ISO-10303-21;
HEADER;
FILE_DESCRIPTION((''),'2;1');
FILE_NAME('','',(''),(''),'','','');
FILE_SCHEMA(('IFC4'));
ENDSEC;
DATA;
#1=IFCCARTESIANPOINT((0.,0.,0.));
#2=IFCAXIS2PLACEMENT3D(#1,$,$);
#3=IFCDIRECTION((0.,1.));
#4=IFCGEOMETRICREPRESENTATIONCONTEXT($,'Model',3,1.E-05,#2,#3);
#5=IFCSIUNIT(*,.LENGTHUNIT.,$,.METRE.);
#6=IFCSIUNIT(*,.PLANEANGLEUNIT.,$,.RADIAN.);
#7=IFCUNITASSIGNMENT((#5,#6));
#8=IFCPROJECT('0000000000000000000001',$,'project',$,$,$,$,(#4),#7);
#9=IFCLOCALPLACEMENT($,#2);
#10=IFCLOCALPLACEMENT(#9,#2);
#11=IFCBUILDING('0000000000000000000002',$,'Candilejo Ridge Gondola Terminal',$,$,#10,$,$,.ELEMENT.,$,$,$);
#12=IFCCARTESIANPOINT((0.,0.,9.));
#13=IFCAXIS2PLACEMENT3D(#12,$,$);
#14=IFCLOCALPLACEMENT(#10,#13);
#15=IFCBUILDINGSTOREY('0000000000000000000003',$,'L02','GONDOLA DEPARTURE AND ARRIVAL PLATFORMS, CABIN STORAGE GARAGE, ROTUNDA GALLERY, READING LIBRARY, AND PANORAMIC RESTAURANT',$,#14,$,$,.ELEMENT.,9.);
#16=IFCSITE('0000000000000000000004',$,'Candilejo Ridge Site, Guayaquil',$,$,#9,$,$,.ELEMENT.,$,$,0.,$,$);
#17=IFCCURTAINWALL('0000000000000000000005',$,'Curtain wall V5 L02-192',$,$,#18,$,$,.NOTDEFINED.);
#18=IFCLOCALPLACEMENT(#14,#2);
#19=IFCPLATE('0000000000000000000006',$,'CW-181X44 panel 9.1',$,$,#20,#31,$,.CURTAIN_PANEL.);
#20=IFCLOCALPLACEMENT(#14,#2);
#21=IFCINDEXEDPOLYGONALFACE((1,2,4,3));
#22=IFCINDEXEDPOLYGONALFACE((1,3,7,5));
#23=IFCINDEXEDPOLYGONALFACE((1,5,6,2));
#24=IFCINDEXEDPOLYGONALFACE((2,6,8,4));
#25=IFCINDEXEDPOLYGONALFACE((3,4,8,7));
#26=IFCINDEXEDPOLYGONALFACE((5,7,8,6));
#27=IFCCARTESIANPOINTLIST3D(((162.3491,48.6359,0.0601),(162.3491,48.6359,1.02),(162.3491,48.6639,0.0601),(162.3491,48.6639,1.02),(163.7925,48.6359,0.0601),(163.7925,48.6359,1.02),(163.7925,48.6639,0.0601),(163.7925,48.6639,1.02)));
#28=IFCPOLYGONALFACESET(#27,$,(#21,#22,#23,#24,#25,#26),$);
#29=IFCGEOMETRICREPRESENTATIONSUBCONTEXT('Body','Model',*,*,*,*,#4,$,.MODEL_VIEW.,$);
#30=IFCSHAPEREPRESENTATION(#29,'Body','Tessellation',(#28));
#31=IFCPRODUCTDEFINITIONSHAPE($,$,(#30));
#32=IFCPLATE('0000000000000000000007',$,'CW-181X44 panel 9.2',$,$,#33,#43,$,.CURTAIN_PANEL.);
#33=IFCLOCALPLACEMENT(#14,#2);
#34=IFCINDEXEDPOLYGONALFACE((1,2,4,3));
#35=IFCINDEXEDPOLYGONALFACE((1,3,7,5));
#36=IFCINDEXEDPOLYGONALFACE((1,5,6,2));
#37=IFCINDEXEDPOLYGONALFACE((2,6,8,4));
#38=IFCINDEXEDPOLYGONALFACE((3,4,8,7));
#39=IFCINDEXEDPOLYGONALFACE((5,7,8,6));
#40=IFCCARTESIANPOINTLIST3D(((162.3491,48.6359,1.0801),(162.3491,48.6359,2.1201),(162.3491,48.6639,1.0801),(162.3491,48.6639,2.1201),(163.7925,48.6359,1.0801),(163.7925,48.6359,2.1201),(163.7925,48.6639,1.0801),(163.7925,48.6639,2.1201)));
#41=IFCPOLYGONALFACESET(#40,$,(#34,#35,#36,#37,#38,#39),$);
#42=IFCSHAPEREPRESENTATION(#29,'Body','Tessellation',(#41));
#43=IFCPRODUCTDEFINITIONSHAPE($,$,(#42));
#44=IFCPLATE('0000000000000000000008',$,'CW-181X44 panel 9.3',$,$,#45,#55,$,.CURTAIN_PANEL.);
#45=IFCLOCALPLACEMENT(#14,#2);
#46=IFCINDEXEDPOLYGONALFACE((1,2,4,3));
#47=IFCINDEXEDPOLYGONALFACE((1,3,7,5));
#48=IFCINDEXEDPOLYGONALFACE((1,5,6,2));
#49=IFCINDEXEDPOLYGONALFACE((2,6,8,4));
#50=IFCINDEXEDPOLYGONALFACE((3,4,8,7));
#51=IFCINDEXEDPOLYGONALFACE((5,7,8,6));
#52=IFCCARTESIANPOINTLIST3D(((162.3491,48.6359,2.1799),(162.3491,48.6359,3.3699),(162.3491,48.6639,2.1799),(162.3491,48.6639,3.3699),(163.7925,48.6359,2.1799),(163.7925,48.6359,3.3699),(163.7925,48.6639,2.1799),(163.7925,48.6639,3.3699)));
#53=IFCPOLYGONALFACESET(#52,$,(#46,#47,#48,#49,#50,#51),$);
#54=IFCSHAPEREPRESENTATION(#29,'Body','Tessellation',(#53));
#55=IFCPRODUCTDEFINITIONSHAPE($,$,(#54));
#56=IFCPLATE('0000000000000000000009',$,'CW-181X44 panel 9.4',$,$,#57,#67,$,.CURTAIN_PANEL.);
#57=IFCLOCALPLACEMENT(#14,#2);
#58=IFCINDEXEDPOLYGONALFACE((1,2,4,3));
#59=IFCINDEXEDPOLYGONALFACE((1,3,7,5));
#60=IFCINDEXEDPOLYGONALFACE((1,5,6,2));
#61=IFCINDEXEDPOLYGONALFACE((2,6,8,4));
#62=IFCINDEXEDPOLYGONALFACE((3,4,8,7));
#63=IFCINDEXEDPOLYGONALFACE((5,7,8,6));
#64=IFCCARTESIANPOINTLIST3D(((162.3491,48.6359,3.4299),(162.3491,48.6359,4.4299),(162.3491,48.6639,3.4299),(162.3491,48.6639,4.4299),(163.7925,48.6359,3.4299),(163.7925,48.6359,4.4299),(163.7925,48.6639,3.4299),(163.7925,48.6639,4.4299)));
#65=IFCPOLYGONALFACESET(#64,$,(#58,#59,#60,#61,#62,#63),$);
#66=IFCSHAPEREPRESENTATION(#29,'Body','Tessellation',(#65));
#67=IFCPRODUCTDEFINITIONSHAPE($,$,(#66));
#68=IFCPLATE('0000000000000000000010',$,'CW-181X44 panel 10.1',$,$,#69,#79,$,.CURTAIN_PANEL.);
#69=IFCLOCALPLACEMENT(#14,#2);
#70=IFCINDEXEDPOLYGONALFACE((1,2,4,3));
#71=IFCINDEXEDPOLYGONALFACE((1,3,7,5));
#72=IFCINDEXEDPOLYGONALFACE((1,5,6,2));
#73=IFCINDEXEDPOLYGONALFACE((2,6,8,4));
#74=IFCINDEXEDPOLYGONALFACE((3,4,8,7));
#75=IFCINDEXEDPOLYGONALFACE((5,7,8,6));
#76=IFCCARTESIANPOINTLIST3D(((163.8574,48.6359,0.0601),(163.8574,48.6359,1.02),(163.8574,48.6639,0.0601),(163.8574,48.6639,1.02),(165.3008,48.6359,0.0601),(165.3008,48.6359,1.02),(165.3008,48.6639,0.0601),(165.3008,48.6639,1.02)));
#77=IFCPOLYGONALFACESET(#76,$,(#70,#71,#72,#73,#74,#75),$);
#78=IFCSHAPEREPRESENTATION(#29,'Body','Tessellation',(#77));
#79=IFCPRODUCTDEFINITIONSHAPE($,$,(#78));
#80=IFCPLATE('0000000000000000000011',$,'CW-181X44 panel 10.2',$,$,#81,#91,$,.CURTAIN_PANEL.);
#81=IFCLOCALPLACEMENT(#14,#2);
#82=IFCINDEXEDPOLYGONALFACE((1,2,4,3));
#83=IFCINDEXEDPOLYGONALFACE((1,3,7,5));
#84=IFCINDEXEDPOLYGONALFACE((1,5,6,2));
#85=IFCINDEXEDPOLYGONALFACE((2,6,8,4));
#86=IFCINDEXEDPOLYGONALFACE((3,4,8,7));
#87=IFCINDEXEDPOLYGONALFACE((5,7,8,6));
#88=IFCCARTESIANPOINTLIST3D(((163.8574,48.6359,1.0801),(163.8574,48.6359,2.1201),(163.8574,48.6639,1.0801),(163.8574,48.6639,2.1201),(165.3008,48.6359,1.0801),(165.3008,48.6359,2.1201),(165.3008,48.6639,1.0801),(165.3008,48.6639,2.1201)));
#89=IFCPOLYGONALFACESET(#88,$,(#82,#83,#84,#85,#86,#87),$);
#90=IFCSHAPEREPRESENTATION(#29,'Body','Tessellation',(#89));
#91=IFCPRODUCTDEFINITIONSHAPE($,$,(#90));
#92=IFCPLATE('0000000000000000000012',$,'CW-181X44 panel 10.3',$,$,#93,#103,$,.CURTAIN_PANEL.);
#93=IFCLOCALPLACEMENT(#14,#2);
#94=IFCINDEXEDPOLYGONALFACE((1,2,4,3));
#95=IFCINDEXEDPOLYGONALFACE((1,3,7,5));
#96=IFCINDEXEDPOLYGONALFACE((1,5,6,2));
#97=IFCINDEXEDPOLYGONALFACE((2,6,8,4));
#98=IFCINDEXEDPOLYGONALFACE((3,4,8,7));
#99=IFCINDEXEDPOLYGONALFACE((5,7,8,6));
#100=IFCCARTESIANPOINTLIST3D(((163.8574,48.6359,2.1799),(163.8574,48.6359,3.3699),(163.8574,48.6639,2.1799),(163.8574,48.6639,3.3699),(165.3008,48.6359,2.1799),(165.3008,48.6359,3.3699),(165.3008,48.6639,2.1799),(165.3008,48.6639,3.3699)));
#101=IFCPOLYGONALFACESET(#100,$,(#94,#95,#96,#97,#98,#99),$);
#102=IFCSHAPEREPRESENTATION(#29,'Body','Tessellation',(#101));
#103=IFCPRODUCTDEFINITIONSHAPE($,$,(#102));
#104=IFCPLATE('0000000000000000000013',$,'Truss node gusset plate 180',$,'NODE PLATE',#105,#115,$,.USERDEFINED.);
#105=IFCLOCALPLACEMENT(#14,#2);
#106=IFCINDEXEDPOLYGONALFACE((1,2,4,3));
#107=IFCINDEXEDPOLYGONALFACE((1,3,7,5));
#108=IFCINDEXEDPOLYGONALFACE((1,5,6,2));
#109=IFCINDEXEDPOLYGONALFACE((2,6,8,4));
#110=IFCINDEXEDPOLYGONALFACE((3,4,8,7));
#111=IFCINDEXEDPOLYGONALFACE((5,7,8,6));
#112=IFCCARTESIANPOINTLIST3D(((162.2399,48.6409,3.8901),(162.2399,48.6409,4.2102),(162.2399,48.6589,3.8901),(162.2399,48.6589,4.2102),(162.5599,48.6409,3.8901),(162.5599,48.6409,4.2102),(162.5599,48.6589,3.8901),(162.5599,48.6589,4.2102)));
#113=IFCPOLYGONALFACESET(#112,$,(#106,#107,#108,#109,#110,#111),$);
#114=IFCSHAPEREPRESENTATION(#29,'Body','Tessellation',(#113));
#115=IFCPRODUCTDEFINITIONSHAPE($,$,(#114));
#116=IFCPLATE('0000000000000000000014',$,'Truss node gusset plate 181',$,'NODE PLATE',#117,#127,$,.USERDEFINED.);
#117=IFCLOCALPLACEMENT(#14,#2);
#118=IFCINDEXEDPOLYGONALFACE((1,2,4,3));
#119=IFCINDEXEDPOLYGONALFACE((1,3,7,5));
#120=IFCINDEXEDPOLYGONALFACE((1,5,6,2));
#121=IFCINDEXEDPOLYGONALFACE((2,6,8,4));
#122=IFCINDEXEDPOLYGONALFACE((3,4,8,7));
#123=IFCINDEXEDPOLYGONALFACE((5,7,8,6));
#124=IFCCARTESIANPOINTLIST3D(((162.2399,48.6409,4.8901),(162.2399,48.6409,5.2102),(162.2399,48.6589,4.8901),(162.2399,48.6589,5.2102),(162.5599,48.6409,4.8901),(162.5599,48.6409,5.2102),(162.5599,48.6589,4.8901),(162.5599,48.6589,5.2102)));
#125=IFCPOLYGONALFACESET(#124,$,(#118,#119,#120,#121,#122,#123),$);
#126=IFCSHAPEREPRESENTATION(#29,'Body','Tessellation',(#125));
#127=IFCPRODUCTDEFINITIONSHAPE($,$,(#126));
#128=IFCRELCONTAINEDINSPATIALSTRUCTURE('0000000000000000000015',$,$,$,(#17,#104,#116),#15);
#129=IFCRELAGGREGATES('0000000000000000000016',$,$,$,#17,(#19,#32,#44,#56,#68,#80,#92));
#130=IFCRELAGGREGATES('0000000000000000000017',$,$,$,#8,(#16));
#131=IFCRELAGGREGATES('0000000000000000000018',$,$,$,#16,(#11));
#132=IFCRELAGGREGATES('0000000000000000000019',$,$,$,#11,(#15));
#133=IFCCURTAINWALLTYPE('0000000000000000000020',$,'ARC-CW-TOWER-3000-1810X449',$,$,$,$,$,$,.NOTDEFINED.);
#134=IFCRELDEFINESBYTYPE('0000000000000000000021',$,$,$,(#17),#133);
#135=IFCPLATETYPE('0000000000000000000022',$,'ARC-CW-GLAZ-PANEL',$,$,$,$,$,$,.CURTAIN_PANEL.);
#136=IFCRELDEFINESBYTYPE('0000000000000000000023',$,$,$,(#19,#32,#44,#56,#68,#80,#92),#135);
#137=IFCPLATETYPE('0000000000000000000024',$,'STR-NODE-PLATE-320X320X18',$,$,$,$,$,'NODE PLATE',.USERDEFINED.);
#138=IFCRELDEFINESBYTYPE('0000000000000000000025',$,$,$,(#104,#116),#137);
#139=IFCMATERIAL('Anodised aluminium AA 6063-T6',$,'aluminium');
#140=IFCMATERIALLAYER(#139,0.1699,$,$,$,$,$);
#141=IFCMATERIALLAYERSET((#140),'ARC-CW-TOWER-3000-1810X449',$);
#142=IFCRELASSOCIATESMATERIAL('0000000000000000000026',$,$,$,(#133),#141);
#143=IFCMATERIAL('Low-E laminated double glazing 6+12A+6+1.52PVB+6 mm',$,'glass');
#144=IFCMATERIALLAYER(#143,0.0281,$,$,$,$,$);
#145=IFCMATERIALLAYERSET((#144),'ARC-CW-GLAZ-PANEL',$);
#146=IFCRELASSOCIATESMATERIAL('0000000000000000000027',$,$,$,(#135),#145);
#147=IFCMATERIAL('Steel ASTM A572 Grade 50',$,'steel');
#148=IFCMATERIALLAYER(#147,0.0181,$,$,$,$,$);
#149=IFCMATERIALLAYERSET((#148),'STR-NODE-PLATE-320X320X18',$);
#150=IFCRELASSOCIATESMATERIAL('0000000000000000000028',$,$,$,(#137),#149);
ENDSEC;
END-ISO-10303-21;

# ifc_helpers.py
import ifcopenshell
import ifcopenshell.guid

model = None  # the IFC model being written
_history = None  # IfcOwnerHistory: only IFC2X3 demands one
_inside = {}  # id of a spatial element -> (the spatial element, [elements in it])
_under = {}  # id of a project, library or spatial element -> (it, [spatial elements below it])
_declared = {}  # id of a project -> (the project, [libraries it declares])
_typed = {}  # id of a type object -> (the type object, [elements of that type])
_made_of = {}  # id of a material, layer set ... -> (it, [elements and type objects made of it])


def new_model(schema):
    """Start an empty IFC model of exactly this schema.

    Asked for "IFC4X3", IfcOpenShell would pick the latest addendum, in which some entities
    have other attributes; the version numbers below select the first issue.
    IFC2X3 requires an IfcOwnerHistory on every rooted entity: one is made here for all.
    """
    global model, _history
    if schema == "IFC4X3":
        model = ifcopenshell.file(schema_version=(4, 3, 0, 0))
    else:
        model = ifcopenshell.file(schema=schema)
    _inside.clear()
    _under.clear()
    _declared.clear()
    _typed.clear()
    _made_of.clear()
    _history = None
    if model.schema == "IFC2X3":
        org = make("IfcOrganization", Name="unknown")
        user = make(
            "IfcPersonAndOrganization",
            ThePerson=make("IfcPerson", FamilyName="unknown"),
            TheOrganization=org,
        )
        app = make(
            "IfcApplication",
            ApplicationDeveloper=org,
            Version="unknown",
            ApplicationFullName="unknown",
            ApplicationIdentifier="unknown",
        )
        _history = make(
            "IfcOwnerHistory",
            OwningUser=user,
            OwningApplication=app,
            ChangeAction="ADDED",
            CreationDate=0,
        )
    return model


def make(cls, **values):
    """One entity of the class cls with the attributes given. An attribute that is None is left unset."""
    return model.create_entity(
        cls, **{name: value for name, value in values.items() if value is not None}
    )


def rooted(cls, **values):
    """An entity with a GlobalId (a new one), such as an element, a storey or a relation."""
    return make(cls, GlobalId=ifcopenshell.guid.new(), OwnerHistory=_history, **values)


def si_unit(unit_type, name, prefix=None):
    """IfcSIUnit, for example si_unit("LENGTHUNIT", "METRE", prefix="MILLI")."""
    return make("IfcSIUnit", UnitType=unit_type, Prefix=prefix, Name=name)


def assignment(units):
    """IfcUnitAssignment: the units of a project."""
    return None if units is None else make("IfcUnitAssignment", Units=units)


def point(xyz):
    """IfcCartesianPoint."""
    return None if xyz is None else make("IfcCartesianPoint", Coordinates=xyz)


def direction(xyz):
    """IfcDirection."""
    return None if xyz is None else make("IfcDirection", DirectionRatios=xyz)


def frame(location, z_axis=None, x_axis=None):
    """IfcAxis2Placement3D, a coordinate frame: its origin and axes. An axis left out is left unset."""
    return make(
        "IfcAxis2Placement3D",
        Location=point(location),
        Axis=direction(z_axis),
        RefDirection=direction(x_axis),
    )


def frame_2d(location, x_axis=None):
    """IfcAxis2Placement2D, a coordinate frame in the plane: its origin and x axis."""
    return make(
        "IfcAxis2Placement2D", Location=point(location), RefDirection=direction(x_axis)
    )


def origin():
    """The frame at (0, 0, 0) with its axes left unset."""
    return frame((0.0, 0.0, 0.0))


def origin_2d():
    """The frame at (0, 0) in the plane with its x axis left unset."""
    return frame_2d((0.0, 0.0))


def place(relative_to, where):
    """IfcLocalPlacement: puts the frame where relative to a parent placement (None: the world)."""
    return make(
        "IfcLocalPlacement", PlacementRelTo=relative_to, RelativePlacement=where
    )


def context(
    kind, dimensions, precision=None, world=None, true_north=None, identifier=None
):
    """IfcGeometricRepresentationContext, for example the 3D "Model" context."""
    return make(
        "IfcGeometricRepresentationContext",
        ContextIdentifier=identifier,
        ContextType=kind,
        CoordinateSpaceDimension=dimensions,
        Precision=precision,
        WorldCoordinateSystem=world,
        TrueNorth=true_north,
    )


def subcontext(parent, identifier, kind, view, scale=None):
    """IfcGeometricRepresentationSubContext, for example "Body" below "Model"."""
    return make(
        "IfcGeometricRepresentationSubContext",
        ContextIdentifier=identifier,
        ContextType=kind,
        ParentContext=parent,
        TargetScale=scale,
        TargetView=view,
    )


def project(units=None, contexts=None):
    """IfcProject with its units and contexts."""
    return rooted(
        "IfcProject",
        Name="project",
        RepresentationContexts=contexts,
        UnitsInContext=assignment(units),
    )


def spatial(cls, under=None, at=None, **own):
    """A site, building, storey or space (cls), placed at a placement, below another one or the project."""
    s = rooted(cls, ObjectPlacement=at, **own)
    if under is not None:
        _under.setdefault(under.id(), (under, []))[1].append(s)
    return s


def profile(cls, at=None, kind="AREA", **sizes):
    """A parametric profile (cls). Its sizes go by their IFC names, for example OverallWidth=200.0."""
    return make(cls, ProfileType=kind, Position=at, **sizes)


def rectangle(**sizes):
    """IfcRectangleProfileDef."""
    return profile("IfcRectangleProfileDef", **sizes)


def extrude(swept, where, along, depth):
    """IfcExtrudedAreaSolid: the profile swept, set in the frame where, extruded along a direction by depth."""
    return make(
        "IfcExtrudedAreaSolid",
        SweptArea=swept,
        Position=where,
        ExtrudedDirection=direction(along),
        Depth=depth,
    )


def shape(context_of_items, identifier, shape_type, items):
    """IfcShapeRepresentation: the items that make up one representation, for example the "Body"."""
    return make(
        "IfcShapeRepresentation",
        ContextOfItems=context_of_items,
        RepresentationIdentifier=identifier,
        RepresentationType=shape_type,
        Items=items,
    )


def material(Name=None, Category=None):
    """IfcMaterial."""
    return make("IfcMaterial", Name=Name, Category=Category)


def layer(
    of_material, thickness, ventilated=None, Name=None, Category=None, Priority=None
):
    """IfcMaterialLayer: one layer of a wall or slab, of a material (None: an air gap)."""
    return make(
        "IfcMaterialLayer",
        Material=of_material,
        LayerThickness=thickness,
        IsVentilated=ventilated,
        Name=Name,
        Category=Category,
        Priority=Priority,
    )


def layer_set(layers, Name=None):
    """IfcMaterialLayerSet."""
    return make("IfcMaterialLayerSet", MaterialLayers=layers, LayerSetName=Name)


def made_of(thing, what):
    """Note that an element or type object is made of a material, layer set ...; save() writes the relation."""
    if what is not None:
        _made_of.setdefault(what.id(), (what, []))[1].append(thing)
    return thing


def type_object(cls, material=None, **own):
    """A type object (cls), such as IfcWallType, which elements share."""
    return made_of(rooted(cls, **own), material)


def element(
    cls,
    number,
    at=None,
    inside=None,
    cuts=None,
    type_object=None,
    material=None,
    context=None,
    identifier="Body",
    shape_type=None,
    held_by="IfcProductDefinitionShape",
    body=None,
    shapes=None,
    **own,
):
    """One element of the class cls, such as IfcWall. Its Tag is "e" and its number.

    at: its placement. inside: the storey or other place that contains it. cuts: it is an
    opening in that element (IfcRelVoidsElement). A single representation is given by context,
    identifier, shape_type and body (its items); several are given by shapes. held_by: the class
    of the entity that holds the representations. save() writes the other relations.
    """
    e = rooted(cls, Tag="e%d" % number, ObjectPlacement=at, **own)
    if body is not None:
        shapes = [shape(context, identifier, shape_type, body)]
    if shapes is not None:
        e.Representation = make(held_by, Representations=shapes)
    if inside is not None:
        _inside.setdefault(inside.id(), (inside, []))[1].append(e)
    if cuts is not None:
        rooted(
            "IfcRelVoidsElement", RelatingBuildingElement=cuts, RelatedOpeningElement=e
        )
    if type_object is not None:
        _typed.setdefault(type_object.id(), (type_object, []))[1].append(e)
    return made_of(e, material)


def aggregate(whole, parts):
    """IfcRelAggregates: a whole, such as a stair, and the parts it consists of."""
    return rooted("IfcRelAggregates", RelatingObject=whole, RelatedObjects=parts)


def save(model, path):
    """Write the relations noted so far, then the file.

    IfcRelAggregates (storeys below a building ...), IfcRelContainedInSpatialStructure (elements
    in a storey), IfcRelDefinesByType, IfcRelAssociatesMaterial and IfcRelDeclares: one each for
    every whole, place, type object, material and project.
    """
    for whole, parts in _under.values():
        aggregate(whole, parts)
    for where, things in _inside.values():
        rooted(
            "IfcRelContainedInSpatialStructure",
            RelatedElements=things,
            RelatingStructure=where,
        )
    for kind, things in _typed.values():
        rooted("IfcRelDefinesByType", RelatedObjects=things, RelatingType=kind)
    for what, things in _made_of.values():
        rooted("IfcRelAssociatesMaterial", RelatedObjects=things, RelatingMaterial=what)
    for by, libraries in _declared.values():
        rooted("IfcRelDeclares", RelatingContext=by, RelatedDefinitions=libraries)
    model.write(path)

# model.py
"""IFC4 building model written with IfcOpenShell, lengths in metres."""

from ifc_helpers import new_model, si_unit, direction, frame, origin, origin_2d, place, context, subcontext, project, spatial, rectangle, extrude, material, layer, layer_set, type_object, element, aggregate, save


model = new_model("IFC4")

# Units and contexts
model_context = context("Model", 3, precision=1e-05, world=origin(), true_north=direction((0.0, 1.0)))
body_context = subcontext(model_context, "Body", "Model", "MODEL_VIEW")
ifc_project = project(units=[si_unit("LENGTHUNIT", "METRE"), si_unit("PLANEANGLEUNIT", "RADIAN")], contexts=[model_context])

# Site, building, storey
site_placement = place(None, origin())
site = spatial("IfcSite", under=ifc_project, at=site_placement, Name="Candilejo Ridge Site, Guayaquil", CompositionType="ELEMENT", RefElevation=0.0)
building_placement = place(site_placement, origin())
building = spatial("IfcBuilding", under=site, at=building_placement, Name="Candilejo Ridge Gondola Terminal", CompositionType="ELEMENT")
storey_placement = place(building_placement, frame((0.0, 0.0, 9.0)))
storey = spatial("IfcBuildingStorey", under=building, at=storey_placement, Name="L02", Description="GONDOLA DEPARTURE AND ARRIVAL PLATFORMS, CABIN STORAGE GARAGE, ROTUNDA GALLERY, READING LIBRARY, AND PANORAMIC RESTAURANT", CompositionType="ELEMENT", Elevation=9.0)

# Curtain wall
ifc_material_1 = material(Name="Anodised aluminium AA 6063-T6", Category="aluminium")
ifc_layer_1 = layer(ifc_material_1, 0.1699)
ifc_layer_set_1 = layer_set([ifc_layer_1], Name="ARC-CW-TOWER-3000-1810X449")
curtain_wall_type = type_object("IfcCurtainWallType", Name="ARC-CW-TOWER-3000-1810X449", PredefinedType="NOTDEFINED", material=ifc_layer_set_1)
curtain_wall_placement = place(storey_placement, origin())
curtain_wall = element("IfcCurtainWall", 1, at=curtain_wall_placement, inside=storey, type_object=curtain_wall_type, Name="Curtain wall V5 L02-192", PredefinedType="NOTDEFINED")

# Plates
ifc_material_2 = material(Name="Low-E laminated double glazing 6+12A+6+1.52PVB+6 mm", Category="glass")
ifc_layer_2 = layer(ifc_material_2, 0.0281)
ifc_layer_set_2 = layer_set([ifc_layer_2], Name="ARC-CW-GLAZ-PANEL")
plate_type_1 = type_object("IfcPlateType", Name="ARC-CW-GLAZ-PANEL", PredefinedType="CURTAIN_PANEL", material=ifc_layer_set_2)
plate_1_placement = place(storey_placement, frame((163.0708, 48.6499, 0.0601), z_axis=(0.0, 0.0, 1.0), x_axis=(1.0, 0.0, 0.0)))
plate_1 = element("IfcPlate", 2, at=plate_1_placement, type_object=plate_type_1, Name="CW-181X44 panel 9.1", PredefinedType="CURTAIN_PANEL", context=body_context, shape_type="SweptSolid", body=[
    extrude(rectangle(XDim=1.4434, YDim=0.0281, at=origin_2d()), origin(), (0.0, 0.0, 1.0), 0.96),
])
plate_2_placement = place(storey_placement, frame((163.0708, 48.6499, 1.0801), z_axis=(0.0, 0.0, 1.0), x_axis=(1.0, 0.0, 0.0)))
plate_2 = element("IfcPlate", 3, at=plate_2_placement, type_object=plate_type_1, Name="CW-181X44 panel 9.2", PredefinedType="CURTAIN_PANEL", context=body_context, shape_type="SweptSolid", body=[
    extrude(rectangle(XDim=1.4434, YDim=0.0281, at=origin_2d()), origin(), (0.0, 0.0, 1.0), 1.04),
])
plate_3_placement = place(storey_placement, frame((163.0708, 48.6499, 2.1799), z_axis=(0.0, 0.0, 1.0), x_axis=(1.0, 0.0, 0.0)))
plate_3 = element("IfcPlate", 4, at=plate_3_placement, type_object=plate_type_1, Name="CW-181X44 panel 9.3", PredefinedType="CURTAIN_PANEL", context=body_context, shape_type="SweptSolid", body=[
    extrude(rectangle(XDim=1.4434, YDim=0.0281, at=origin_2d()), origin(), (0.0, 0.0, 1.0), 1.1899),
])
plate_4_placement = place(storey_placement, frame((163.0708, 48.6499, 3.4299), z_axis=(0.0, 0.0, 1.0), x_axis=(1.0, 0.0, 0.0)))
plate_4 = element("IfcPlate", 5, at=plate_4_placement, type_object=plate_type_1, Name="CW-181X44 panel 9.4", PredefinedType="CURTAIN_PANEL", context=body_context, shape_type="SweptSolid", body=[
    extrude(rectangle(XDim=1.4434, YDim=0.0281, at=origin_2d()), origin(), (0.0, 0.0, 1.0), 1.0),
])
plate_5_placement = place(storey_placement, frame((164.5791, 48.6499, 0.0601), z_axis=(0.0, 0.0, 1.0), x_axis=(1.0, 0.0, 0.0)))
plate_5 = element("IfcPlate", 6, at=plate_5_placement, type_object=plate_type_1, Name="CW-181X44 panel 10.1", PredefinedType="CURTAIN_PANEL", context=body_context, shape_type="SweptSolid", body=[
    extrude(rectangle(XDim=1.4434, YDim=0.0281, at=origin_2d()), origin(), (0.0, 0.0, 1.0), 0.96),
])
plate_6_placement = place(storey_placement, frame((164.5791, 48.6499, 1.0801), z_axis=(0.0, 0.0, 1.0), x_axis=(1.0, 0.0, 0.0)))
plate_6 = element("IfcPlate", 7, at=plate_6_placement, type_object=plate_type_1, Name="CW-181X44 panel 10.2", PredefinedType="CURTAIN_PANEL", context=body_context, shape_type="SweptSolid", body=[
    extrude(rectangle(XDim=1.4434, YDim=0.0281, at=origin_2d()), origin(), (0.0, 0.0, 1.0), 1.04),
])
plate_7_placement = place(storey_placement, frame((164.5791, 48.6499, 2.1799), z_axis=(0.0, 0.0, 1.0), x_axis=(1.0, 0.0, 0.0)))
plate_7 = element("IfcPlate", 8, at=plate_7_placement, type_object=plate_type_1, Name="CW-181X44 panel 10.3", PredefinedType="CURTAIN_PANEL", context=body_context, shape_type="SweptSolid", body=[
    extrude(rectangle(XDim=1.4434, YDim=0.0281, at=origin_2d()), origin(), (0.0, 0.0, 1.0), 1.1899),
])
aggregate(curtain_wall, [plate_1, plate_2, plate_3, plate_4, plate_5, plate_6, plate_7])

# Plates
ifc_material_3 = material(Name="Steel ASTM A572 Grade 50", Category="steel")
ifc_layer_3 = layer(ifc_material_3, 0.0181)
ifc_layer_set_3 = layer_set([ifc_layer_3], Name="STR-NODE-PLATE-320X320X18")
plate_type_2 = type_object("IfcPlateType", Name="STR-NODE-PLATE-320X320X18", ElementType="NODE PLATE", PredefinedType="USERDEFINED", material=ifc_layer_set_3)
for number, where, z_axis, x_axis, name in (
    (9, (162.3999, 48.6499, 3.8901), (0.0, 0.0, 1.0), (1.0, 0.0, 0.0), "Truss node gusset plate 180"),
    (10, (162.3999, 48.6499, 4.8901), (0.0, 0.0, 1.0), (1.0, 0.0, 0.0), "Truss node gusset plate 181"),
):
    element("IfcPlate", number, at=place(storey_placement, frame(where, z_axis=z_axis, x_axis=x_axis)), inside=storey, type_object=plate_type_2, Name=name, ObjectType="NODE PLATE", PredefinedType="USERDEFINED", context=body_context, shape_type="SweptSolid", body=[
        extrude(rectangle(XDim=0.3201, YDim=0.0181, at=origin_2d()), origin(), (0.0, 0.0, 1.0), 0.3201),
    ])

save(model, "model.ifc")
